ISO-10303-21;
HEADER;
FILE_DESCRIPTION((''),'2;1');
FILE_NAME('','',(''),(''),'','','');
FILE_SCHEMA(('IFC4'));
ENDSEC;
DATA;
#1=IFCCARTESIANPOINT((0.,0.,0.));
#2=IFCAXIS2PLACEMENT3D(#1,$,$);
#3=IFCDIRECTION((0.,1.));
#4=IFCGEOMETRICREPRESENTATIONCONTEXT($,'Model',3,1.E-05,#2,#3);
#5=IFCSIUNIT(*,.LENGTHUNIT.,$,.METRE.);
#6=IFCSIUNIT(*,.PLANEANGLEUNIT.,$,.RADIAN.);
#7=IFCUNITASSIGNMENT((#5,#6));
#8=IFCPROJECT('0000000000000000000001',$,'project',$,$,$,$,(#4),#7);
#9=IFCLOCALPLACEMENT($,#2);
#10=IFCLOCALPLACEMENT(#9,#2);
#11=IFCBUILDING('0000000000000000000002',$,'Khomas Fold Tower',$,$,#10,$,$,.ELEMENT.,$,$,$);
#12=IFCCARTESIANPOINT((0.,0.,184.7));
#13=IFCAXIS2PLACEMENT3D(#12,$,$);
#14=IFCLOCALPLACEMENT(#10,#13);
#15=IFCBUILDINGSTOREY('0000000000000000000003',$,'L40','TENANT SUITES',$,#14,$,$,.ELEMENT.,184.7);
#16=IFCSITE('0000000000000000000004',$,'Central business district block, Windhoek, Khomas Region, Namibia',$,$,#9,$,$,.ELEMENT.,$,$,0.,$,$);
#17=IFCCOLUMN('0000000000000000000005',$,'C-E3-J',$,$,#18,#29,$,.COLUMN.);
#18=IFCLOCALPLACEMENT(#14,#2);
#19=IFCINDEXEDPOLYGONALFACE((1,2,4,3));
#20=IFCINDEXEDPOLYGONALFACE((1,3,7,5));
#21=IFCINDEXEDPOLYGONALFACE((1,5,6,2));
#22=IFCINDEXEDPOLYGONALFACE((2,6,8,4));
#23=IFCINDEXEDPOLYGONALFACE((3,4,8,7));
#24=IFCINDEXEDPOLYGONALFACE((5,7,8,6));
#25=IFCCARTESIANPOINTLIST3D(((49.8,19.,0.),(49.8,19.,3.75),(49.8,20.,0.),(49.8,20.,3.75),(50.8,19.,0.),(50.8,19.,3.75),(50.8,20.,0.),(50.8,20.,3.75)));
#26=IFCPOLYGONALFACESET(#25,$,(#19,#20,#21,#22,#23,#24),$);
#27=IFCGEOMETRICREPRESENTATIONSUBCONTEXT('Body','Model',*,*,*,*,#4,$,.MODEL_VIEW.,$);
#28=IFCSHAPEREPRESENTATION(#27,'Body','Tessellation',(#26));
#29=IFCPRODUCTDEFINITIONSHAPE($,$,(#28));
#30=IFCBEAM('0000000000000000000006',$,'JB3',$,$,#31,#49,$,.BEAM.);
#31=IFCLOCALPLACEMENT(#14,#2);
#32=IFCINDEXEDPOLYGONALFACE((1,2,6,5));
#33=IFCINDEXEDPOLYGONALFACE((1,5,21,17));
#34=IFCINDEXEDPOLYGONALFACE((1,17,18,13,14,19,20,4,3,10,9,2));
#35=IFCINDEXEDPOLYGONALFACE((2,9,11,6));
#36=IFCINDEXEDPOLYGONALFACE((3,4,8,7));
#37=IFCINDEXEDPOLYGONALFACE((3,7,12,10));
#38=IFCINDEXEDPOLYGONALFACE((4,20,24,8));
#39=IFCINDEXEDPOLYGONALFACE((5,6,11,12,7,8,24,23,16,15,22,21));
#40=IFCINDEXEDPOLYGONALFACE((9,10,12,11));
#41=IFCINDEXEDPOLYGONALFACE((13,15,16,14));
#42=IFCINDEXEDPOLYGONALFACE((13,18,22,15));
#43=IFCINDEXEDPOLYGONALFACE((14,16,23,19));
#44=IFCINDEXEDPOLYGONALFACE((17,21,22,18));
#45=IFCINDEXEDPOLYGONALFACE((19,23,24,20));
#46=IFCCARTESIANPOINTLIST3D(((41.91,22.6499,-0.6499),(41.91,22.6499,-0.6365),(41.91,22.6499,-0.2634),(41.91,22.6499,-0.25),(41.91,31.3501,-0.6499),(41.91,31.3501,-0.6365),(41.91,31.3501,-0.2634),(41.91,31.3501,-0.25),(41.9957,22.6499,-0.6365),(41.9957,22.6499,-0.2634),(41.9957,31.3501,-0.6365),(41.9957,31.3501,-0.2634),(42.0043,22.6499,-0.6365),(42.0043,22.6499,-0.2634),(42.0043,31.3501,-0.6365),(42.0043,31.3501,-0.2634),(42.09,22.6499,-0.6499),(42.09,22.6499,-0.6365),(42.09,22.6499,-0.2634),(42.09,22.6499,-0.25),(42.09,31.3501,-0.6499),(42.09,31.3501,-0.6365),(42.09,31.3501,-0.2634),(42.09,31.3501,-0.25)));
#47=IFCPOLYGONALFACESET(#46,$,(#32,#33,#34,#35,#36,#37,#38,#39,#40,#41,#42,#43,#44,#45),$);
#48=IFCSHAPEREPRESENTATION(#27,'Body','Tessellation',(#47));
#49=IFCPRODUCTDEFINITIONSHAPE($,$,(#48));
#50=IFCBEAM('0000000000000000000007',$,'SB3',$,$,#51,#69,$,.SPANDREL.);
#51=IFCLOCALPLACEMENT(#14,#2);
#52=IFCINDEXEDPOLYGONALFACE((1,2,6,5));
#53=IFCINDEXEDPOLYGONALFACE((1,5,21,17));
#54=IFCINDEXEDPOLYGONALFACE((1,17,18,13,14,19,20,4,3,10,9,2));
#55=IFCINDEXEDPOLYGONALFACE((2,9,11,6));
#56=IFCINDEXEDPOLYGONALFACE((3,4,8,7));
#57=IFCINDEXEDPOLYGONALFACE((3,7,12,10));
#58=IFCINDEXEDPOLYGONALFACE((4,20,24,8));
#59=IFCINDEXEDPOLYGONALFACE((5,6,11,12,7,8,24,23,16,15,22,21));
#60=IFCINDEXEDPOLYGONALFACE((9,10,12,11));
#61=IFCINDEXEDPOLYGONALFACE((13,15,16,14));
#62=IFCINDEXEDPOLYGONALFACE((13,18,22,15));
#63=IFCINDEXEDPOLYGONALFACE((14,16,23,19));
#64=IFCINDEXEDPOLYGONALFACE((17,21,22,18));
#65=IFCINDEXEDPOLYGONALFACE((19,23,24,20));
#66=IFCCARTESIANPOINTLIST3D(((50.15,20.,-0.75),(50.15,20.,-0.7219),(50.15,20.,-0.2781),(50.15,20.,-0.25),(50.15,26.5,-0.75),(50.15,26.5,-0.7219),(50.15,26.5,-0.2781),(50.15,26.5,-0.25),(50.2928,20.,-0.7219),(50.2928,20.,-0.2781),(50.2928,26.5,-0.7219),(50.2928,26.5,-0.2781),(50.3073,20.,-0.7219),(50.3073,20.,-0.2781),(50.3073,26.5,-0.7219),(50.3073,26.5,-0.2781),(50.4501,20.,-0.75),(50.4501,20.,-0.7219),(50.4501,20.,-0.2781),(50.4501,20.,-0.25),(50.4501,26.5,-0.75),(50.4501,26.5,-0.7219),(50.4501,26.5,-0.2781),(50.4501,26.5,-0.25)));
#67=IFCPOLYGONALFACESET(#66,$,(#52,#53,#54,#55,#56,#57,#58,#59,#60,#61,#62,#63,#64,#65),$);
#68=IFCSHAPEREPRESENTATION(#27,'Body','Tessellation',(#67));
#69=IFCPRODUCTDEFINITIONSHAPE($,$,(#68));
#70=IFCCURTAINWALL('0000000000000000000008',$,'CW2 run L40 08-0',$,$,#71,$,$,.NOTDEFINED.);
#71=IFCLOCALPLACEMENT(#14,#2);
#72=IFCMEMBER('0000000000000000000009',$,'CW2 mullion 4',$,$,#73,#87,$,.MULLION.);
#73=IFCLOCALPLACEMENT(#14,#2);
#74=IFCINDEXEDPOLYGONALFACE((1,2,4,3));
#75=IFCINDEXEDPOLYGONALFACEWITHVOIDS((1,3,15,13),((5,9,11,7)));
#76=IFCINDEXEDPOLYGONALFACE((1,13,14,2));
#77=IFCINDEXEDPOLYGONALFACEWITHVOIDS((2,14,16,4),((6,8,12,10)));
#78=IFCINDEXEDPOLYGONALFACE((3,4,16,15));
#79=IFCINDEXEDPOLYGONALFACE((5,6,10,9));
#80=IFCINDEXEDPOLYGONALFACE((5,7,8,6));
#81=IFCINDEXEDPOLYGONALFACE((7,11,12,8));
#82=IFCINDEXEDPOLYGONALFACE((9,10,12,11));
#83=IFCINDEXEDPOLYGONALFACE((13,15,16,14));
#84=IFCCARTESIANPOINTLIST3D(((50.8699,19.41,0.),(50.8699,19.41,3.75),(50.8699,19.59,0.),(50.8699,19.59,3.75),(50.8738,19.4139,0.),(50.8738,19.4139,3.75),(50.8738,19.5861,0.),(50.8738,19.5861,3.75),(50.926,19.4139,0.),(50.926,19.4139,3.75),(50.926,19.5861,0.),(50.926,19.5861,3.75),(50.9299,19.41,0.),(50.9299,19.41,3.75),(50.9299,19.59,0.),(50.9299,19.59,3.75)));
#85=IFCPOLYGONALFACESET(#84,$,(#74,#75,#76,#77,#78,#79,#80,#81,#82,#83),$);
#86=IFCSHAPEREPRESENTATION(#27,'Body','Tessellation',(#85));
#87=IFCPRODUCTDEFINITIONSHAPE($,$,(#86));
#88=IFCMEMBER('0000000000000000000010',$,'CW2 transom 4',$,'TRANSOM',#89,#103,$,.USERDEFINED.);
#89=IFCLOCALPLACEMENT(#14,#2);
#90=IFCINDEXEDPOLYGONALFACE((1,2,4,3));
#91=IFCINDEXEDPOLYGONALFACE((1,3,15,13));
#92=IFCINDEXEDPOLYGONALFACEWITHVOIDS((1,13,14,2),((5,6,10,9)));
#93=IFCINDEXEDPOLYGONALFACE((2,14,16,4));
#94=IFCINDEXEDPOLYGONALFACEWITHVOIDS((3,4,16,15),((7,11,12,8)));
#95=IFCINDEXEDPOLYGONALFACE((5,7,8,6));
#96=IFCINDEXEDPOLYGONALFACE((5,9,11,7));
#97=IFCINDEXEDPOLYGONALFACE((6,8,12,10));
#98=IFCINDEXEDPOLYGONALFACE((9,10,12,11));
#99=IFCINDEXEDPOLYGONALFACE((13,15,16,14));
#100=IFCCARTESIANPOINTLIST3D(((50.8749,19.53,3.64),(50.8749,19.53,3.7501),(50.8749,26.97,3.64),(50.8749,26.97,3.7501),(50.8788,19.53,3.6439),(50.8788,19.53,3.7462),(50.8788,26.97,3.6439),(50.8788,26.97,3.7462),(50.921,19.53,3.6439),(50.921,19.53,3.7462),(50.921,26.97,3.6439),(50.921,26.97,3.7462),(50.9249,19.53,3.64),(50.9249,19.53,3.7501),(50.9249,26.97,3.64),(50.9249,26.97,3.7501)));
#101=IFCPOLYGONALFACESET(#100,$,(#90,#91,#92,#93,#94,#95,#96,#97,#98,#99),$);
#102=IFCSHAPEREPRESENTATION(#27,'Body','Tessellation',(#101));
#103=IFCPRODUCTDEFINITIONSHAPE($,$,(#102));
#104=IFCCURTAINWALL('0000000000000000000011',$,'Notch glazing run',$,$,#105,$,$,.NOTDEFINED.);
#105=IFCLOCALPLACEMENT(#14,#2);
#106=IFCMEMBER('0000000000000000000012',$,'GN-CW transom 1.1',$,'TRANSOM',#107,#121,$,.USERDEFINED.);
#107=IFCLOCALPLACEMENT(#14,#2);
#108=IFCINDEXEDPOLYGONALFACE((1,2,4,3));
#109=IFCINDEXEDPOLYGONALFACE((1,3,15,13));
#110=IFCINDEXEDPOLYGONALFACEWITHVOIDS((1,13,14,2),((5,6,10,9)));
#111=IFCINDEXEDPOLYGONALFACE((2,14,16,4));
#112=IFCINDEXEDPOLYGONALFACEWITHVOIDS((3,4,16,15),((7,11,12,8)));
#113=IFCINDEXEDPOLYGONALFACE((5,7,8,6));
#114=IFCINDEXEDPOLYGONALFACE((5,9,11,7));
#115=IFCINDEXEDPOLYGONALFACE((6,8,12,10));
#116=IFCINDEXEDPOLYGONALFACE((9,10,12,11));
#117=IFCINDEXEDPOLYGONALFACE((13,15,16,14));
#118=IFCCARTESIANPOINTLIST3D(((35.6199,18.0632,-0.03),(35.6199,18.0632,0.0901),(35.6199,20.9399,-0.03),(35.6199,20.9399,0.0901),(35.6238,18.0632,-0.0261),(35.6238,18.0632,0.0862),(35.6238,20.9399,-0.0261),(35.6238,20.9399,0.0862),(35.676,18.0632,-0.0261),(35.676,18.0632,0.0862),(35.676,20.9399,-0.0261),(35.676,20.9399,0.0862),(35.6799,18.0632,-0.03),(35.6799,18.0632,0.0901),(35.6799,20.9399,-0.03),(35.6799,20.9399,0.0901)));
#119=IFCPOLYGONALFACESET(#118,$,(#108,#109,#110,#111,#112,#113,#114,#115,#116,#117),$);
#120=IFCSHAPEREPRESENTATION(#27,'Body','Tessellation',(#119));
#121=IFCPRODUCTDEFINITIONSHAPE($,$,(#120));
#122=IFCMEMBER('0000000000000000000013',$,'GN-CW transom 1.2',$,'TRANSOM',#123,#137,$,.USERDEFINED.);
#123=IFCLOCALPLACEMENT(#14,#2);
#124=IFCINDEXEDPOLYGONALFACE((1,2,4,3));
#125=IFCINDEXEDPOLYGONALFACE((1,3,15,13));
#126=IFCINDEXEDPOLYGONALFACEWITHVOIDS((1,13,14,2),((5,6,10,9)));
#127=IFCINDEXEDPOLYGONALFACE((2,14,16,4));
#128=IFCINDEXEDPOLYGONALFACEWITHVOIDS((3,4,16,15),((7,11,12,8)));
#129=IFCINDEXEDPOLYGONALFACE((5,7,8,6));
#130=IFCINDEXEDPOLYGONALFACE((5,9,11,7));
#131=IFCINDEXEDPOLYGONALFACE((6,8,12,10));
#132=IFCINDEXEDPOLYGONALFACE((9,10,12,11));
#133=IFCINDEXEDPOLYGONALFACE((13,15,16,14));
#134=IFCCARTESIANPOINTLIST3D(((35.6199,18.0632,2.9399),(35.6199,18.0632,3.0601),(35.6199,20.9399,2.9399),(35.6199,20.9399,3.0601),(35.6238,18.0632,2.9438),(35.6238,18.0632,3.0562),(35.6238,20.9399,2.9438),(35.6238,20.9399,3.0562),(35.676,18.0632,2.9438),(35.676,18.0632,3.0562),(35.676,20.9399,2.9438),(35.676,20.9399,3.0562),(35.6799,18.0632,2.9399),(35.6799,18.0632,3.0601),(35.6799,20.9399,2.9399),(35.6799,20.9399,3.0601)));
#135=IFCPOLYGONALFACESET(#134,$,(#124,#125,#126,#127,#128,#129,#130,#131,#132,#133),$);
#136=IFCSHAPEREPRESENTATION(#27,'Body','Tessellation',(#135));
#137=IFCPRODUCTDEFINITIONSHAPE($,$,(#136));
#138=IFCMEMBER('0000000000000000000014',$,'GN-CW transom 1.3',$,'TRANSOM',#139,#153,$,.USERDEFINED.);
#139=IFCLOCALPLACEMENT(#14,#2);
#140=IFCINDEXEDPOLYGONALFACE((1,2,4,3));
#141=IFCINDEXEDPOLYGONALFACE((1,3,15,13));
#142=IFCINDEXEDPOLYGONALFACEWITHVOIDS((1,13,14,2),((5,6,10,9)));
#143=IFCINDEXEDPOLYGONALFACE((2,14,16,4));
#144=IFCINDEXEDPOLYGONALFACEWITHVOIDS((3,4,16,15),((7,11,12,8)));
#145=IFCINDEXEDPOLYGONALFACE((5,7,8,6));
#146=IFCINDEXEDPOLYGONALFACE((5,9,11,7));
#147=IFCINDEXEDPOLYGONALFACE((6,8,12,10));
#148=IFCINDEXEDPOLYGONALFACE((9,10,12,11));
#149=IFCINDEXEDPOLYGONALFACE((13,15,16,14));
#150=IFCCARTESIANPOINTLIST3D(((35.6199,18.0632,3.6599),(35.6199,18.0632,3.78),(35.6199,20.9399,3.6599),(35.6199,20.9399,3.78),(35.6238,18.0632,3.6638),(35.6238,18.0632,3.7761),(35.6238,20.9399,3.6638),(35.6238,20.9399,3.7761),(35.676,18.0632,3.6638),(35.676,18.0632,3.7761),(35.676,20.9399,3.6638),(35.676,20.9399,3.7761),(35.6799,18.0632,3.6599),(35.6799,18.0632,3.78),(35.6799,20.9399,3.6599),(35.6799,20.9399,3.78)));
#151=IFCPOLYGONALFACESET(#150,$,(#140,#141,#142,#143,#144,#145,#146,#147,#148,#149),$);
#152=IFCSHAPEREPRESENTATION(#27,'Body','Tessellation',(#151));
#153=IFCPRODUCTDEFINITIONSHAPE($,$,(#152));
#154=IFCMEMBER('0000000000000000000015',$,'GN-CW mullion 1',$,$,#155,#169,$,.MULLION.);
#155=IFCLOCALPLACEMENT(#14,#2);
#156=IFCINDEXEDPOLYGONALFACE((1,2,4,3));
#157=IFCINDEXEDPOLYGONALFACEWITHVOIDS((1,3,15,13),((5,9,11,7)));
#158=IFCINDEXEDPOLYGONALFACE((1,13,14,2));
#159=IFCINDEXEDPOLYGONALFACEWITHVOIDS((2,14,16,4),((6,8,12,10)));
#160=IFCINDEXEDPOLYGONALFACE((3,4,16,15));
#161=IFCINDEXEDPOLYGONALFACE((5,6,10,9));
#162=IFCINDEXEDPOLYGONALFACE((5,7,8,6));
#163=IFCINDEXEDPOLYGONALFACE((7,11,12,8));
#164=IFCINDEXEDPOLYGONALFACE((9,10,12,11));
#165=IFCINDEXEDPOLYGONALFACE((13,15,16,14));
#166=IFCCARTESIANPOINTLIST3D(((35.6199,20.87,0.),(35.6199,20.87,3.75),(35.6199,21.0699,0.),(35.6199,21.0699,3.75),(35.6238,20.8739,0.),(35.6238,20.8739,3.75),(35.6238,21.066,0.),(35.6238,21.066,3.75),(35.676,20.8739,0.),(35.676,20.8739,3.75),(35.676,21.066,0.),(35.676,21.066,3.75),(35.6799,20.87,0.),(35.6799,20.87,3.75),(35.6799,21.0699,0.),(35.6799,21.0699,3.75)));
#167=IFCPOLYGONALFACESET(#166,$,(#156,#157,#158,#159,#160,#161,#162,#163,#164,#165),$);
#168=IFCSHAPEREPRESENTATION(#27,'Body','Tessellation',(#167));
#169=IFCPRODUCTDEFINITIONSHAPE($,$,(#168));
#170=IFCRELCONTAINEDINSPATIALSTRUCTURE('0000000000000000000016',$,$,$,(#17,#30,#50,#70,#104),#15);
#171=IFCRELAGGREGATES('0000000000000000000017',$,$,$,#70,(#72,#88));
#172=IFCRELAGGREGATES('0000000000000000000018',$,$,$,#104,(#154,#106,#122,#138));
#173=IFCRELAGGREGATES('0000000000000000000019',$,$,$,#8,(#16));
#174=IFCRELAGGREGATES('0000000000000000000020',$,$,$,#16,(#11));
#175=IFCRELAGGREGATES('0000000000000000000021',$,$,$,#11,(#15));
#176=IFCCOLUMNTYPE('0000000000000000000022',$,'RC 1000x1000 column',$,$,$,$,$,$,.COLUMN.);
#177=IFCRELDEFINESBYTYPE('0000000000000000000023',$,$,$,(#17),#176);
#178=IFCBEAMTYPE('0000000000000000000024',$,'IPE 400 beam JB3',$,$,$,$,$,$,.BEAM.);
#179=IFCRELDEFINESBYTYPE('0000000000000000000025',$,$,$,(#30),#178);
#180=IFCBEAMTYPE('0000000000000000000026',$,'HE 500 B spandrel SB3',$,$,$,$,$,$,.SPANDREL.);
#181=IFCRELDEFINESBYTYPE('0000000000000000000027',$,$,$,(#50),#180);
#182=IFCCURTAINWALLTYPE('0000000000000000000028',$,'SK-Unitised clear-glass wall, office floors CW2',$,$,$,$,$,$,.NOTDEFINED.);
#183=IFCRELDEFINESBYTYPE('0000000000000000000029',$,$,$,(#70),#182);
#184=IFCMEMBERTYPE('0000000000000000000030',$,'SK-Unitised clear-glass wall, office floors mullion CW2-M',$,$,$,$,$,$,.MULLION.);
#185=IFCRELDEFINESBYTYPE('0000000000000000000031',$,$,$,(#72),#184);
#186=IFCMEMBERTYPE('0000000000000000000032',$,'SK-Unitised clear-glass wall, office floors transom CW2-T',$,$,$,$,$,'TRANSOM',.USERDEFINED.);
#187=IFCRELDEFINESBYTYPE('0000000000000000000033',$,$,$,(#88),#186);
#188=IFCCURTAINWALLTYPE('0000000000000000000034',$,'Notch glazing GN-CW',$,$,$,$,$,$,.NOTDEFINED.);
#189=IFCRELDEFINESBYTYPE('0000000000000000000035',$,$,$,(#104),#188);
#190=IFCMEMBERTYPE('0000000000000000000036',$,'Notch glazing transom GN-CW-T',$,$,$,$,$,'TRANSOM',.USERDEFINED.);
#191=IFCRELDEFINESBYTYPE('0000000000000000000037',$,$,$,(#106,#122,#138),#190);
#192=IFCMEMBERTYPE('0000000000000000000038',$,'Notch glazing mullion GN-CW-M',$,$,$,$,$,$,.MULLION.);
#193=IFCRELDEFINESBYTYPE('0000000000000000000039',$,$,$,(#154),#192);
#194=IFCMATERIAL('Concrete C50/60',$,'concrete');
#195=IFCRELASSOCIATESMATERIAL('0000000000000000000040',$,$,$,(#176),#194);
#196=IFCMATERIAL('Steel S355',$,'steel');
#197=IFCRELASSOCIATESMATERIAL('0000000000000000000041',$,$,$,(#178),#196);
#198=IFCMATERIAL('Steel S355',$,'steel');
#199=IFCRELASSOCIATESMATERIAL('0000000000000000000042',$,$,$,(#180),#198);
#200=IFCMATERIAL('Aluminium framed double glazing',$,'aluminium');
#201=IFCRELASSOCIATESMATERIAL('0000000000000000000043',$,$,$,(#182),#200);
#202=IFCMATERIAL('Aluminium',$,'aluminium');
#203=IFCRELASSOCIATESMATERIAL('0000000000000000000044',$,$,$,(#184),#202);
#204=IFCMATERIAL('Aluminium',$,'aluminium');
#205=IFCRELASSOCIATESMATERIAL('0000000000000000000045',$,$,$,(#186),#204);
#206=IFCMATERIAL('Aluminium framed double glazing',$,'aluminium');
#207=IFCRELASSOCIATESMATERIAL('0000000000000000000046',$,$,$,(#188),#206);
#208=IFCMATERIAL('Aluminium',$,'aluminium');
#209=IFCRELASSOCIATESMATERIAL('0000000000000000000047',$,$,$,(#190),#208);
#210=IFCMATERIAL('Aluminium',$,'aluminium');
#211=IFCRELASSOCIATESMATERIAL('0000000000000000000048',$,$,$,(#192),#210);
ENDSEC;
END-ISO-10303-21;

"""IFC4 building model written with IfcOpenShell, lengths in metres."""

from ifc_helpers import new_model, si_unit, direction, frame, origin, origin_2d, place, context, subcontext, project, spatial, rectangle, hollow_rectangle, i_section, extrude, source, transform, mapped, material, material_profile, profile_set, type_object, element, aggregate, save


model = new_model("IFC4")

# Units and contexts
model_context = context("Model", 3, precision=1e-05, world=origin(), true_north=direction((0.0, 1.0)))
body_context = subcontext(model_context, "Body", "Model", "MODEL_VIEW")
ifc_project = project(units=[si_unit("LENGTHUNIT", "METRE"), si_unit("PLANEANGLEUNIT", "RADIAN")], contexts=[model_context])

# Site, building, storey
site_placement = place(None, origin())
site = spatial("IfcSite", under=ifc_project, at=site_placement, Name="Central business district block, Windhoek, Khomas Region, Namibia", CompositionType="ELEMENT", RefElevation=0.0)
building_placement = place(site_placement, origin())
building = spatial("IfcBuilding", under=site, at=building_placement, Name="Khomas Fold Tower", CompositionType="ELEMENT")
storey_placement = place(building_placement, frame((0.0, 0.0, 184.7)))
storey = spatial("IfcBuildingStorey", under=building, at=storey_placement, Name="L40", Description="TENANT SUITES", CompositionType="ELEMENT", Elevation=184.7)

# Column
ifc_material_1 = material(Name="Concrete C50/60", Category="concrete")
ifc_material_profile_1 = material_profile(ifc_material_1, rectangle(XDim=1.0, YDim=1.0, at=origin_2d()), Name="RC 1000x1000")
ifc_profile_set_1 = profile_set([ifc_material_profile_1], Name="Concrete C50/60")
column_type = type_object("IfcColumnType", Name="RC 1000x1000 column", PredefinedType="COLUMN", material=ifc_profile_set_1)
shared_shape_1 = source(origin(), body_context, "Body", "SweptSolid", [
    extrude(rectangle(XDim=1.0, YDim=1.0, at=origin_2d()), origin(), (0.0, 0.0, 1.0), 3.75),
])
column_placement = place(storey_placement, frame((50.3, 19.5, 0.0), z_axis=(0.0, 0.0, 1.0), x_axis=(1.0, 0.0, 0.0)))
element("IfcColumn", 1, at=column_placement, inside=storey, type_object=column_type, Name="C-E3-J", PredefinedType="COLUMN", context=body_context, shape_type="MappedRepresentation", body=[
    mapped(shared_shape_1, transform((0.0, 0.0, 0.0))),
])

# Beams
ifc_material_2 = material(Name="Steel S355", Category="steel")
ifc_material_profile_2 = material_profile(ifc_material_2, i_section(OverallWidth=0.1799, OverallDepth=0.3999, WebThickness=0.0085, FlangeThickness=0.0134, at=origin_2d()), Name="IPE 400")
ifc_profile_set_2 = profile_set([ifc_material_profile_2], Name="Steel S355")
beam_type_1 = type_object("IfcBeamType", Name="IPE 400 beam JB3", PredefinedType="BEAM", material=ifc_profile_set_2)
shared_shape_2 = source(origin(), body_context, "Body", "SweptSolid", [
    extrude(i_section(OverallWidth=0.1799, OverallDepth=0.3999, WebThickness=0.0085, FlangeThickness=0.0134, at=origin_2d()), origin(), (0.0, 0.0, 1.0), 8.7002),
])
beam_1_placement = place(storey_placement, frame((42.0, 22.6499, -0.45), z_axis=(0.0, 1.0, 0.0), x_axis=(-1.0, 0.0, 0.0)))
element("IfcBeam", 2, at=beam_1_placement, inside=storey, type_object=beam_type_1, Name="JB3", PredefinedType="BEAM", context=body_context, shape_type="MappedRepresentation", body=[
    mapped(shared_shape_2, transform((0.0, 0.0, 0.0))),
])
ifc_material_3 = material(Name="Steel S355", Category="steel")
ifc_material_profile_3 = material_profile(ifc_material_3, i_section(OverallWidth=0.3, OverallDepth=0.5, WebThickness=0.0144, FlangeThickness=0.0281, at=origin_2d()), Name="HE 500 B")
ifc_profile_set_3 = profile_set([ifc_material_profile_3], Name="Steel S355")
beam_type_2 = type_object("IfcBeamType", Name="HE 500 B spandrel SB3", PredefinedType="SPANDREL", material=ifc_profile_set_3)
shared_shape_3 = source(origin(), body_context, "Body", "SweptSolid", [
    extrude(i_section(OverallWidth=0.3, OverallDepth=0.5, WebThickness=0.0144, FlangeThickness=0.0281, at=origin_2d()), origin(), (0.0, 0.0, 1.0), 6.5),
])
beam_2_placement = place(storey_placement, frame((50.3, 20.0, -0.5), z_axis=(0.0, 1.0, 0.0), x_axis=(-1.0, 0.0, 0.0)))
element("IfcBeam", 3, at=beam_2_placement, inside=storey, type_object=beam_type_2, Name="SB3", PredefinedType="SPANDREL", context=body_context, shape_type="MappedRepresentation", body=[
    mapped(shared_shape_3, transform((0.0, 0.0, 0.0))),
])

# Curtain walls, members
ifc_material_4 = material(Name="Aluminium framed double glazing", Category="aluminium")
curtain_wall_type_1 = type_object("IfcCurtainWallType", Name="SK-Unitised clear-glass wall, office floors CW2", PredefinedType="NOTDEFINED", material=ifc_material_4)
curtain_wall_1_placement = place(storey_placement, origin())
curtain_wall_1 = element("IfcCurtainWall", 4, at=curtain_wall_1_placement, inside=storey, type_object=curtain_wall_type_1, Name="CW2 run L40 08-0", PredefinedType="NOTDEFINED")
ifc_material_5 = material(Name="Aluminium", Category="aluminium")
ifc_material_profile_4 = material_profile(ifc_material_5, hollow_rectangle(XDim=0.0601, YDim=0.1799, WallThickness=0.0039, at=origin_2d()), Name="SK-Unitised clear-glass wall, office floors mullion CW2-M")
ifc_profile_set_4 = profile_set([ifc_material_profile_4], Name="Aluminium")
member_type_1 = type_object("IfcMemberType", Name="SK-Unitised clear-glass wall, office floors mullion CW2-M", PredefinedType="MULLION", material=ifc_profile_set_4)
shared_shape_4 = source(origin(), body_context, "Body", "SweptSolid", [
    extrude(hollow_rectangle(XDim=0.0601, YDim=0.1799, WallThickness=0.0039, at=origin_2d()), origin(), (0.0, 0.0, 1.0), 3.75),
])
member_1_placement = place(storey_placement, frame((50.8999, 19.5, 0.0), z_axis=(0.0, 0.0, 1.0), x_axis=(-1.0, 0.0, 0.0)))
member_1 = element("IfcMember", 5, at=member_1_placement, type_object=member_type_1, Name="CW2 mullion 4", PredefinedType="MULLION", context=body_context, shape_type="MappedRepresentation", body=[
    mapped(shared_shape_4, transform((0.0, 0.0, 0.0))),
])
ifc_material_6 = material(Name="Aluminium", Category="aluminium")
ifc_material_profile_5 = material_profile(ifc_material_6, hollow_rectangle(XDim=0.05, YDim=0.1101, WallThickness=0.0039, at=origin_2d()), Name="SK-Unitised clear-glass wall, office floors transom CW2-T")
ifc_profile_set_5 = profile_set([ifc_material_profile_5], Name="Aluminium")
member_type_2 = type_object("IfcMemberType", Name="SK-Unitised clear-glass wall, office floors transom CW2-T", ElementType="TRANSOM", PredefinedType="USERDEFINED", material=ifc_profile_set_5)
shared_shape_5 = source(origin(), body_context, "Body", "SweptSolid", [
    extrude(hollow_rectangle(XDim=0.05, YDim=0.1101, WallThickness=0.0039, at=origin_2d()), origin(), (0.0, 0.0, 1.0), 7.4399),
])
member_2_placement = place(storey_placement, frame((50.8999, 19.53, 3.6951), z_axis=(0.0, 1.0, 0.0), x_axis=(-1.0, 0.0, 0.0)))
member_2 = element("IfcMember", 6, at=member_2_placement, type_object=member_type_2, Name="CW2 transom 4", ObjectType="TRANSOM", PredefinedType="USERDEFINED", context=body_context, shape_type="MappedRepresentation", body=[
    mapped(shared_shape_5, transform((0.0, 0.0, 0.0))),
])
ifc_material_7 = material(Name="Aluminium framed double glazing", Category="aluminium")
curtain_wall_type_2 = type_object("IfcCurtainWallType", Name="Notch glazing GN-CW", PredefinedType="NOTDEFINED", material=ifc_material_7)
curtain_wall_2_placement = place(storey_placement, origin())
curtain_wall_2 = element("IfcCurtainWall", 7, at=curtain_wall_2_placement, inside=storey, type_object=curtain_wall_type_2, Name="Notch glazing run", PredefinedType="NOTDEFINED")
ifc_material_8 = material(Name="Aluminium", Category="aluminium")
ifc_material_profile_6 = material_profile(ifc_material_8, hollow_rectangle(XDim=0.0601, YDim=0.1201, WallThickness=0.0039, at=origin_2d()), Name="Notch glazing transom GN-CW-T")
ifc_profile_set_6 = profile_set([ifc_material_profile_6], Name="Aluminium")
member_type_3 = type_object("IfcMemberType", Name="Notch glazing transom GN-CW-T", ElementType="TRANSOM", PredefinedType="USERDEFINED", material=ifc_profile_set_6)
shared_shape_6 = source(origin(), body_context, "Body", "SweptSolid", [
    extrude(hollow_rectangle(XDim=0.0601, YDim=0.1201, WallThickness=0.0039, at=origin_2d()), origin(), (0.0, 0.0, 1.0), 2.8767),
])
member_3_placement = place(storey_placement, frame((35.6499, 20.9399, 0.03), z_axis=(0.0, -1.0, 0.0), x_axis=(1.0, 0.0, 0.0)))
member_3 = element("IfcMember", 8, at=member_3_placement, type_object=member_type_3, Name="GN-CW transom 1.1", ObjectType="TRANSOM", PredefinedType="USERDEFINED", context=body_context, shape_type="MappedRepresentation", body=[
    mapped(shared_shape_6, transform((0.0, 0.0, 0.0))),
])
member_4_placement = place(storey_placement, frame((35.6499, 20.9399, 3.0), z_axis=(0.0, -1.0, 0.0), x_axis=(1.0, 0.0, 0.0)))
member_4 = element("IfcMember", 9, at=member_4_placement, type_object=member_type_3, Name="GN-CW transom 1.2", ObjectType="TRANSOM", PredefinedType="USERDEFINED", context=body_context, shape_type="MappedRepresentation", body=[
    mapped(shared_shape_6, transform((0.0, 0.0, 0.0))),
])
member_5_placement = place(storey_placement, frame((35.6499, 20.9399, 3.72), z_axis=(0.0, -1.0, 0.0), x_axis=(1.0, 0.0, 0.0)))
member_5 = element("IfcMember", 10, at=member_5_placement, type_object=member_type_3, Name="GN-CW transom 1.3", ObjectType="TRANSOM", PredefinedType="USERDEFINED", context=body_context, shape_type="MappedRepresentation", body=[
    mapped(shared_shape_6, transform((0.0, 0.0, 0.0))),
])
ifc_material_9 = material(Name="Aluminium", Category="aluminium")
ifc_material_profile_7 = material_profile(ifc_material_9, hollow_rectangle(XDim=0.0601, YDim=0.2, WallThickness=0.0039, at=origin_2d()), Name="Notch glazing mullion GN-CW-M")
ifc_profile_set_7 = profile_set([ifc_material_profile_7], Name="Aluminium")
member_type_4 = type_object("IfcMemberType", Name="Notch glazing mullion GN-CW-M", PredefinedType="MULLION", material=ifc_profile_set_7)
shared_shape_7 = source(origin(), body_context, "Body", "SweptSolid", [
    extrude(hollow_rectangle(XDim=0.0601, YDim=0.2, WallThickness=0.0039, at=origin_2d()), origin(), (0.0, 0.0, 1.0), 3.75),
])
member_6_placement = place(storey_placement, frame((35.6499, 20.97, 0.0), z_axis=(0.0, 0.0, 1.0), x_axis=(1.0, 0.0, 0.0)))
member_6 = element("IfcMember", 11, at=member_6_placement, type_object=member_type_4, Name="GN-CW mullion 1", PredefinedType="MULLION", context=body_context, shape_type="MappedRepresentation", body=[
    mapped(shared_shape_7, transform((0.0, 0.0, 0.0))),
])

aggregate(curtain_wall_1, [member_1, member_2])
aggregate(curtain_wall_2, [member_6, member_3, member_4, member_5])

save(model, "model.ifc")
